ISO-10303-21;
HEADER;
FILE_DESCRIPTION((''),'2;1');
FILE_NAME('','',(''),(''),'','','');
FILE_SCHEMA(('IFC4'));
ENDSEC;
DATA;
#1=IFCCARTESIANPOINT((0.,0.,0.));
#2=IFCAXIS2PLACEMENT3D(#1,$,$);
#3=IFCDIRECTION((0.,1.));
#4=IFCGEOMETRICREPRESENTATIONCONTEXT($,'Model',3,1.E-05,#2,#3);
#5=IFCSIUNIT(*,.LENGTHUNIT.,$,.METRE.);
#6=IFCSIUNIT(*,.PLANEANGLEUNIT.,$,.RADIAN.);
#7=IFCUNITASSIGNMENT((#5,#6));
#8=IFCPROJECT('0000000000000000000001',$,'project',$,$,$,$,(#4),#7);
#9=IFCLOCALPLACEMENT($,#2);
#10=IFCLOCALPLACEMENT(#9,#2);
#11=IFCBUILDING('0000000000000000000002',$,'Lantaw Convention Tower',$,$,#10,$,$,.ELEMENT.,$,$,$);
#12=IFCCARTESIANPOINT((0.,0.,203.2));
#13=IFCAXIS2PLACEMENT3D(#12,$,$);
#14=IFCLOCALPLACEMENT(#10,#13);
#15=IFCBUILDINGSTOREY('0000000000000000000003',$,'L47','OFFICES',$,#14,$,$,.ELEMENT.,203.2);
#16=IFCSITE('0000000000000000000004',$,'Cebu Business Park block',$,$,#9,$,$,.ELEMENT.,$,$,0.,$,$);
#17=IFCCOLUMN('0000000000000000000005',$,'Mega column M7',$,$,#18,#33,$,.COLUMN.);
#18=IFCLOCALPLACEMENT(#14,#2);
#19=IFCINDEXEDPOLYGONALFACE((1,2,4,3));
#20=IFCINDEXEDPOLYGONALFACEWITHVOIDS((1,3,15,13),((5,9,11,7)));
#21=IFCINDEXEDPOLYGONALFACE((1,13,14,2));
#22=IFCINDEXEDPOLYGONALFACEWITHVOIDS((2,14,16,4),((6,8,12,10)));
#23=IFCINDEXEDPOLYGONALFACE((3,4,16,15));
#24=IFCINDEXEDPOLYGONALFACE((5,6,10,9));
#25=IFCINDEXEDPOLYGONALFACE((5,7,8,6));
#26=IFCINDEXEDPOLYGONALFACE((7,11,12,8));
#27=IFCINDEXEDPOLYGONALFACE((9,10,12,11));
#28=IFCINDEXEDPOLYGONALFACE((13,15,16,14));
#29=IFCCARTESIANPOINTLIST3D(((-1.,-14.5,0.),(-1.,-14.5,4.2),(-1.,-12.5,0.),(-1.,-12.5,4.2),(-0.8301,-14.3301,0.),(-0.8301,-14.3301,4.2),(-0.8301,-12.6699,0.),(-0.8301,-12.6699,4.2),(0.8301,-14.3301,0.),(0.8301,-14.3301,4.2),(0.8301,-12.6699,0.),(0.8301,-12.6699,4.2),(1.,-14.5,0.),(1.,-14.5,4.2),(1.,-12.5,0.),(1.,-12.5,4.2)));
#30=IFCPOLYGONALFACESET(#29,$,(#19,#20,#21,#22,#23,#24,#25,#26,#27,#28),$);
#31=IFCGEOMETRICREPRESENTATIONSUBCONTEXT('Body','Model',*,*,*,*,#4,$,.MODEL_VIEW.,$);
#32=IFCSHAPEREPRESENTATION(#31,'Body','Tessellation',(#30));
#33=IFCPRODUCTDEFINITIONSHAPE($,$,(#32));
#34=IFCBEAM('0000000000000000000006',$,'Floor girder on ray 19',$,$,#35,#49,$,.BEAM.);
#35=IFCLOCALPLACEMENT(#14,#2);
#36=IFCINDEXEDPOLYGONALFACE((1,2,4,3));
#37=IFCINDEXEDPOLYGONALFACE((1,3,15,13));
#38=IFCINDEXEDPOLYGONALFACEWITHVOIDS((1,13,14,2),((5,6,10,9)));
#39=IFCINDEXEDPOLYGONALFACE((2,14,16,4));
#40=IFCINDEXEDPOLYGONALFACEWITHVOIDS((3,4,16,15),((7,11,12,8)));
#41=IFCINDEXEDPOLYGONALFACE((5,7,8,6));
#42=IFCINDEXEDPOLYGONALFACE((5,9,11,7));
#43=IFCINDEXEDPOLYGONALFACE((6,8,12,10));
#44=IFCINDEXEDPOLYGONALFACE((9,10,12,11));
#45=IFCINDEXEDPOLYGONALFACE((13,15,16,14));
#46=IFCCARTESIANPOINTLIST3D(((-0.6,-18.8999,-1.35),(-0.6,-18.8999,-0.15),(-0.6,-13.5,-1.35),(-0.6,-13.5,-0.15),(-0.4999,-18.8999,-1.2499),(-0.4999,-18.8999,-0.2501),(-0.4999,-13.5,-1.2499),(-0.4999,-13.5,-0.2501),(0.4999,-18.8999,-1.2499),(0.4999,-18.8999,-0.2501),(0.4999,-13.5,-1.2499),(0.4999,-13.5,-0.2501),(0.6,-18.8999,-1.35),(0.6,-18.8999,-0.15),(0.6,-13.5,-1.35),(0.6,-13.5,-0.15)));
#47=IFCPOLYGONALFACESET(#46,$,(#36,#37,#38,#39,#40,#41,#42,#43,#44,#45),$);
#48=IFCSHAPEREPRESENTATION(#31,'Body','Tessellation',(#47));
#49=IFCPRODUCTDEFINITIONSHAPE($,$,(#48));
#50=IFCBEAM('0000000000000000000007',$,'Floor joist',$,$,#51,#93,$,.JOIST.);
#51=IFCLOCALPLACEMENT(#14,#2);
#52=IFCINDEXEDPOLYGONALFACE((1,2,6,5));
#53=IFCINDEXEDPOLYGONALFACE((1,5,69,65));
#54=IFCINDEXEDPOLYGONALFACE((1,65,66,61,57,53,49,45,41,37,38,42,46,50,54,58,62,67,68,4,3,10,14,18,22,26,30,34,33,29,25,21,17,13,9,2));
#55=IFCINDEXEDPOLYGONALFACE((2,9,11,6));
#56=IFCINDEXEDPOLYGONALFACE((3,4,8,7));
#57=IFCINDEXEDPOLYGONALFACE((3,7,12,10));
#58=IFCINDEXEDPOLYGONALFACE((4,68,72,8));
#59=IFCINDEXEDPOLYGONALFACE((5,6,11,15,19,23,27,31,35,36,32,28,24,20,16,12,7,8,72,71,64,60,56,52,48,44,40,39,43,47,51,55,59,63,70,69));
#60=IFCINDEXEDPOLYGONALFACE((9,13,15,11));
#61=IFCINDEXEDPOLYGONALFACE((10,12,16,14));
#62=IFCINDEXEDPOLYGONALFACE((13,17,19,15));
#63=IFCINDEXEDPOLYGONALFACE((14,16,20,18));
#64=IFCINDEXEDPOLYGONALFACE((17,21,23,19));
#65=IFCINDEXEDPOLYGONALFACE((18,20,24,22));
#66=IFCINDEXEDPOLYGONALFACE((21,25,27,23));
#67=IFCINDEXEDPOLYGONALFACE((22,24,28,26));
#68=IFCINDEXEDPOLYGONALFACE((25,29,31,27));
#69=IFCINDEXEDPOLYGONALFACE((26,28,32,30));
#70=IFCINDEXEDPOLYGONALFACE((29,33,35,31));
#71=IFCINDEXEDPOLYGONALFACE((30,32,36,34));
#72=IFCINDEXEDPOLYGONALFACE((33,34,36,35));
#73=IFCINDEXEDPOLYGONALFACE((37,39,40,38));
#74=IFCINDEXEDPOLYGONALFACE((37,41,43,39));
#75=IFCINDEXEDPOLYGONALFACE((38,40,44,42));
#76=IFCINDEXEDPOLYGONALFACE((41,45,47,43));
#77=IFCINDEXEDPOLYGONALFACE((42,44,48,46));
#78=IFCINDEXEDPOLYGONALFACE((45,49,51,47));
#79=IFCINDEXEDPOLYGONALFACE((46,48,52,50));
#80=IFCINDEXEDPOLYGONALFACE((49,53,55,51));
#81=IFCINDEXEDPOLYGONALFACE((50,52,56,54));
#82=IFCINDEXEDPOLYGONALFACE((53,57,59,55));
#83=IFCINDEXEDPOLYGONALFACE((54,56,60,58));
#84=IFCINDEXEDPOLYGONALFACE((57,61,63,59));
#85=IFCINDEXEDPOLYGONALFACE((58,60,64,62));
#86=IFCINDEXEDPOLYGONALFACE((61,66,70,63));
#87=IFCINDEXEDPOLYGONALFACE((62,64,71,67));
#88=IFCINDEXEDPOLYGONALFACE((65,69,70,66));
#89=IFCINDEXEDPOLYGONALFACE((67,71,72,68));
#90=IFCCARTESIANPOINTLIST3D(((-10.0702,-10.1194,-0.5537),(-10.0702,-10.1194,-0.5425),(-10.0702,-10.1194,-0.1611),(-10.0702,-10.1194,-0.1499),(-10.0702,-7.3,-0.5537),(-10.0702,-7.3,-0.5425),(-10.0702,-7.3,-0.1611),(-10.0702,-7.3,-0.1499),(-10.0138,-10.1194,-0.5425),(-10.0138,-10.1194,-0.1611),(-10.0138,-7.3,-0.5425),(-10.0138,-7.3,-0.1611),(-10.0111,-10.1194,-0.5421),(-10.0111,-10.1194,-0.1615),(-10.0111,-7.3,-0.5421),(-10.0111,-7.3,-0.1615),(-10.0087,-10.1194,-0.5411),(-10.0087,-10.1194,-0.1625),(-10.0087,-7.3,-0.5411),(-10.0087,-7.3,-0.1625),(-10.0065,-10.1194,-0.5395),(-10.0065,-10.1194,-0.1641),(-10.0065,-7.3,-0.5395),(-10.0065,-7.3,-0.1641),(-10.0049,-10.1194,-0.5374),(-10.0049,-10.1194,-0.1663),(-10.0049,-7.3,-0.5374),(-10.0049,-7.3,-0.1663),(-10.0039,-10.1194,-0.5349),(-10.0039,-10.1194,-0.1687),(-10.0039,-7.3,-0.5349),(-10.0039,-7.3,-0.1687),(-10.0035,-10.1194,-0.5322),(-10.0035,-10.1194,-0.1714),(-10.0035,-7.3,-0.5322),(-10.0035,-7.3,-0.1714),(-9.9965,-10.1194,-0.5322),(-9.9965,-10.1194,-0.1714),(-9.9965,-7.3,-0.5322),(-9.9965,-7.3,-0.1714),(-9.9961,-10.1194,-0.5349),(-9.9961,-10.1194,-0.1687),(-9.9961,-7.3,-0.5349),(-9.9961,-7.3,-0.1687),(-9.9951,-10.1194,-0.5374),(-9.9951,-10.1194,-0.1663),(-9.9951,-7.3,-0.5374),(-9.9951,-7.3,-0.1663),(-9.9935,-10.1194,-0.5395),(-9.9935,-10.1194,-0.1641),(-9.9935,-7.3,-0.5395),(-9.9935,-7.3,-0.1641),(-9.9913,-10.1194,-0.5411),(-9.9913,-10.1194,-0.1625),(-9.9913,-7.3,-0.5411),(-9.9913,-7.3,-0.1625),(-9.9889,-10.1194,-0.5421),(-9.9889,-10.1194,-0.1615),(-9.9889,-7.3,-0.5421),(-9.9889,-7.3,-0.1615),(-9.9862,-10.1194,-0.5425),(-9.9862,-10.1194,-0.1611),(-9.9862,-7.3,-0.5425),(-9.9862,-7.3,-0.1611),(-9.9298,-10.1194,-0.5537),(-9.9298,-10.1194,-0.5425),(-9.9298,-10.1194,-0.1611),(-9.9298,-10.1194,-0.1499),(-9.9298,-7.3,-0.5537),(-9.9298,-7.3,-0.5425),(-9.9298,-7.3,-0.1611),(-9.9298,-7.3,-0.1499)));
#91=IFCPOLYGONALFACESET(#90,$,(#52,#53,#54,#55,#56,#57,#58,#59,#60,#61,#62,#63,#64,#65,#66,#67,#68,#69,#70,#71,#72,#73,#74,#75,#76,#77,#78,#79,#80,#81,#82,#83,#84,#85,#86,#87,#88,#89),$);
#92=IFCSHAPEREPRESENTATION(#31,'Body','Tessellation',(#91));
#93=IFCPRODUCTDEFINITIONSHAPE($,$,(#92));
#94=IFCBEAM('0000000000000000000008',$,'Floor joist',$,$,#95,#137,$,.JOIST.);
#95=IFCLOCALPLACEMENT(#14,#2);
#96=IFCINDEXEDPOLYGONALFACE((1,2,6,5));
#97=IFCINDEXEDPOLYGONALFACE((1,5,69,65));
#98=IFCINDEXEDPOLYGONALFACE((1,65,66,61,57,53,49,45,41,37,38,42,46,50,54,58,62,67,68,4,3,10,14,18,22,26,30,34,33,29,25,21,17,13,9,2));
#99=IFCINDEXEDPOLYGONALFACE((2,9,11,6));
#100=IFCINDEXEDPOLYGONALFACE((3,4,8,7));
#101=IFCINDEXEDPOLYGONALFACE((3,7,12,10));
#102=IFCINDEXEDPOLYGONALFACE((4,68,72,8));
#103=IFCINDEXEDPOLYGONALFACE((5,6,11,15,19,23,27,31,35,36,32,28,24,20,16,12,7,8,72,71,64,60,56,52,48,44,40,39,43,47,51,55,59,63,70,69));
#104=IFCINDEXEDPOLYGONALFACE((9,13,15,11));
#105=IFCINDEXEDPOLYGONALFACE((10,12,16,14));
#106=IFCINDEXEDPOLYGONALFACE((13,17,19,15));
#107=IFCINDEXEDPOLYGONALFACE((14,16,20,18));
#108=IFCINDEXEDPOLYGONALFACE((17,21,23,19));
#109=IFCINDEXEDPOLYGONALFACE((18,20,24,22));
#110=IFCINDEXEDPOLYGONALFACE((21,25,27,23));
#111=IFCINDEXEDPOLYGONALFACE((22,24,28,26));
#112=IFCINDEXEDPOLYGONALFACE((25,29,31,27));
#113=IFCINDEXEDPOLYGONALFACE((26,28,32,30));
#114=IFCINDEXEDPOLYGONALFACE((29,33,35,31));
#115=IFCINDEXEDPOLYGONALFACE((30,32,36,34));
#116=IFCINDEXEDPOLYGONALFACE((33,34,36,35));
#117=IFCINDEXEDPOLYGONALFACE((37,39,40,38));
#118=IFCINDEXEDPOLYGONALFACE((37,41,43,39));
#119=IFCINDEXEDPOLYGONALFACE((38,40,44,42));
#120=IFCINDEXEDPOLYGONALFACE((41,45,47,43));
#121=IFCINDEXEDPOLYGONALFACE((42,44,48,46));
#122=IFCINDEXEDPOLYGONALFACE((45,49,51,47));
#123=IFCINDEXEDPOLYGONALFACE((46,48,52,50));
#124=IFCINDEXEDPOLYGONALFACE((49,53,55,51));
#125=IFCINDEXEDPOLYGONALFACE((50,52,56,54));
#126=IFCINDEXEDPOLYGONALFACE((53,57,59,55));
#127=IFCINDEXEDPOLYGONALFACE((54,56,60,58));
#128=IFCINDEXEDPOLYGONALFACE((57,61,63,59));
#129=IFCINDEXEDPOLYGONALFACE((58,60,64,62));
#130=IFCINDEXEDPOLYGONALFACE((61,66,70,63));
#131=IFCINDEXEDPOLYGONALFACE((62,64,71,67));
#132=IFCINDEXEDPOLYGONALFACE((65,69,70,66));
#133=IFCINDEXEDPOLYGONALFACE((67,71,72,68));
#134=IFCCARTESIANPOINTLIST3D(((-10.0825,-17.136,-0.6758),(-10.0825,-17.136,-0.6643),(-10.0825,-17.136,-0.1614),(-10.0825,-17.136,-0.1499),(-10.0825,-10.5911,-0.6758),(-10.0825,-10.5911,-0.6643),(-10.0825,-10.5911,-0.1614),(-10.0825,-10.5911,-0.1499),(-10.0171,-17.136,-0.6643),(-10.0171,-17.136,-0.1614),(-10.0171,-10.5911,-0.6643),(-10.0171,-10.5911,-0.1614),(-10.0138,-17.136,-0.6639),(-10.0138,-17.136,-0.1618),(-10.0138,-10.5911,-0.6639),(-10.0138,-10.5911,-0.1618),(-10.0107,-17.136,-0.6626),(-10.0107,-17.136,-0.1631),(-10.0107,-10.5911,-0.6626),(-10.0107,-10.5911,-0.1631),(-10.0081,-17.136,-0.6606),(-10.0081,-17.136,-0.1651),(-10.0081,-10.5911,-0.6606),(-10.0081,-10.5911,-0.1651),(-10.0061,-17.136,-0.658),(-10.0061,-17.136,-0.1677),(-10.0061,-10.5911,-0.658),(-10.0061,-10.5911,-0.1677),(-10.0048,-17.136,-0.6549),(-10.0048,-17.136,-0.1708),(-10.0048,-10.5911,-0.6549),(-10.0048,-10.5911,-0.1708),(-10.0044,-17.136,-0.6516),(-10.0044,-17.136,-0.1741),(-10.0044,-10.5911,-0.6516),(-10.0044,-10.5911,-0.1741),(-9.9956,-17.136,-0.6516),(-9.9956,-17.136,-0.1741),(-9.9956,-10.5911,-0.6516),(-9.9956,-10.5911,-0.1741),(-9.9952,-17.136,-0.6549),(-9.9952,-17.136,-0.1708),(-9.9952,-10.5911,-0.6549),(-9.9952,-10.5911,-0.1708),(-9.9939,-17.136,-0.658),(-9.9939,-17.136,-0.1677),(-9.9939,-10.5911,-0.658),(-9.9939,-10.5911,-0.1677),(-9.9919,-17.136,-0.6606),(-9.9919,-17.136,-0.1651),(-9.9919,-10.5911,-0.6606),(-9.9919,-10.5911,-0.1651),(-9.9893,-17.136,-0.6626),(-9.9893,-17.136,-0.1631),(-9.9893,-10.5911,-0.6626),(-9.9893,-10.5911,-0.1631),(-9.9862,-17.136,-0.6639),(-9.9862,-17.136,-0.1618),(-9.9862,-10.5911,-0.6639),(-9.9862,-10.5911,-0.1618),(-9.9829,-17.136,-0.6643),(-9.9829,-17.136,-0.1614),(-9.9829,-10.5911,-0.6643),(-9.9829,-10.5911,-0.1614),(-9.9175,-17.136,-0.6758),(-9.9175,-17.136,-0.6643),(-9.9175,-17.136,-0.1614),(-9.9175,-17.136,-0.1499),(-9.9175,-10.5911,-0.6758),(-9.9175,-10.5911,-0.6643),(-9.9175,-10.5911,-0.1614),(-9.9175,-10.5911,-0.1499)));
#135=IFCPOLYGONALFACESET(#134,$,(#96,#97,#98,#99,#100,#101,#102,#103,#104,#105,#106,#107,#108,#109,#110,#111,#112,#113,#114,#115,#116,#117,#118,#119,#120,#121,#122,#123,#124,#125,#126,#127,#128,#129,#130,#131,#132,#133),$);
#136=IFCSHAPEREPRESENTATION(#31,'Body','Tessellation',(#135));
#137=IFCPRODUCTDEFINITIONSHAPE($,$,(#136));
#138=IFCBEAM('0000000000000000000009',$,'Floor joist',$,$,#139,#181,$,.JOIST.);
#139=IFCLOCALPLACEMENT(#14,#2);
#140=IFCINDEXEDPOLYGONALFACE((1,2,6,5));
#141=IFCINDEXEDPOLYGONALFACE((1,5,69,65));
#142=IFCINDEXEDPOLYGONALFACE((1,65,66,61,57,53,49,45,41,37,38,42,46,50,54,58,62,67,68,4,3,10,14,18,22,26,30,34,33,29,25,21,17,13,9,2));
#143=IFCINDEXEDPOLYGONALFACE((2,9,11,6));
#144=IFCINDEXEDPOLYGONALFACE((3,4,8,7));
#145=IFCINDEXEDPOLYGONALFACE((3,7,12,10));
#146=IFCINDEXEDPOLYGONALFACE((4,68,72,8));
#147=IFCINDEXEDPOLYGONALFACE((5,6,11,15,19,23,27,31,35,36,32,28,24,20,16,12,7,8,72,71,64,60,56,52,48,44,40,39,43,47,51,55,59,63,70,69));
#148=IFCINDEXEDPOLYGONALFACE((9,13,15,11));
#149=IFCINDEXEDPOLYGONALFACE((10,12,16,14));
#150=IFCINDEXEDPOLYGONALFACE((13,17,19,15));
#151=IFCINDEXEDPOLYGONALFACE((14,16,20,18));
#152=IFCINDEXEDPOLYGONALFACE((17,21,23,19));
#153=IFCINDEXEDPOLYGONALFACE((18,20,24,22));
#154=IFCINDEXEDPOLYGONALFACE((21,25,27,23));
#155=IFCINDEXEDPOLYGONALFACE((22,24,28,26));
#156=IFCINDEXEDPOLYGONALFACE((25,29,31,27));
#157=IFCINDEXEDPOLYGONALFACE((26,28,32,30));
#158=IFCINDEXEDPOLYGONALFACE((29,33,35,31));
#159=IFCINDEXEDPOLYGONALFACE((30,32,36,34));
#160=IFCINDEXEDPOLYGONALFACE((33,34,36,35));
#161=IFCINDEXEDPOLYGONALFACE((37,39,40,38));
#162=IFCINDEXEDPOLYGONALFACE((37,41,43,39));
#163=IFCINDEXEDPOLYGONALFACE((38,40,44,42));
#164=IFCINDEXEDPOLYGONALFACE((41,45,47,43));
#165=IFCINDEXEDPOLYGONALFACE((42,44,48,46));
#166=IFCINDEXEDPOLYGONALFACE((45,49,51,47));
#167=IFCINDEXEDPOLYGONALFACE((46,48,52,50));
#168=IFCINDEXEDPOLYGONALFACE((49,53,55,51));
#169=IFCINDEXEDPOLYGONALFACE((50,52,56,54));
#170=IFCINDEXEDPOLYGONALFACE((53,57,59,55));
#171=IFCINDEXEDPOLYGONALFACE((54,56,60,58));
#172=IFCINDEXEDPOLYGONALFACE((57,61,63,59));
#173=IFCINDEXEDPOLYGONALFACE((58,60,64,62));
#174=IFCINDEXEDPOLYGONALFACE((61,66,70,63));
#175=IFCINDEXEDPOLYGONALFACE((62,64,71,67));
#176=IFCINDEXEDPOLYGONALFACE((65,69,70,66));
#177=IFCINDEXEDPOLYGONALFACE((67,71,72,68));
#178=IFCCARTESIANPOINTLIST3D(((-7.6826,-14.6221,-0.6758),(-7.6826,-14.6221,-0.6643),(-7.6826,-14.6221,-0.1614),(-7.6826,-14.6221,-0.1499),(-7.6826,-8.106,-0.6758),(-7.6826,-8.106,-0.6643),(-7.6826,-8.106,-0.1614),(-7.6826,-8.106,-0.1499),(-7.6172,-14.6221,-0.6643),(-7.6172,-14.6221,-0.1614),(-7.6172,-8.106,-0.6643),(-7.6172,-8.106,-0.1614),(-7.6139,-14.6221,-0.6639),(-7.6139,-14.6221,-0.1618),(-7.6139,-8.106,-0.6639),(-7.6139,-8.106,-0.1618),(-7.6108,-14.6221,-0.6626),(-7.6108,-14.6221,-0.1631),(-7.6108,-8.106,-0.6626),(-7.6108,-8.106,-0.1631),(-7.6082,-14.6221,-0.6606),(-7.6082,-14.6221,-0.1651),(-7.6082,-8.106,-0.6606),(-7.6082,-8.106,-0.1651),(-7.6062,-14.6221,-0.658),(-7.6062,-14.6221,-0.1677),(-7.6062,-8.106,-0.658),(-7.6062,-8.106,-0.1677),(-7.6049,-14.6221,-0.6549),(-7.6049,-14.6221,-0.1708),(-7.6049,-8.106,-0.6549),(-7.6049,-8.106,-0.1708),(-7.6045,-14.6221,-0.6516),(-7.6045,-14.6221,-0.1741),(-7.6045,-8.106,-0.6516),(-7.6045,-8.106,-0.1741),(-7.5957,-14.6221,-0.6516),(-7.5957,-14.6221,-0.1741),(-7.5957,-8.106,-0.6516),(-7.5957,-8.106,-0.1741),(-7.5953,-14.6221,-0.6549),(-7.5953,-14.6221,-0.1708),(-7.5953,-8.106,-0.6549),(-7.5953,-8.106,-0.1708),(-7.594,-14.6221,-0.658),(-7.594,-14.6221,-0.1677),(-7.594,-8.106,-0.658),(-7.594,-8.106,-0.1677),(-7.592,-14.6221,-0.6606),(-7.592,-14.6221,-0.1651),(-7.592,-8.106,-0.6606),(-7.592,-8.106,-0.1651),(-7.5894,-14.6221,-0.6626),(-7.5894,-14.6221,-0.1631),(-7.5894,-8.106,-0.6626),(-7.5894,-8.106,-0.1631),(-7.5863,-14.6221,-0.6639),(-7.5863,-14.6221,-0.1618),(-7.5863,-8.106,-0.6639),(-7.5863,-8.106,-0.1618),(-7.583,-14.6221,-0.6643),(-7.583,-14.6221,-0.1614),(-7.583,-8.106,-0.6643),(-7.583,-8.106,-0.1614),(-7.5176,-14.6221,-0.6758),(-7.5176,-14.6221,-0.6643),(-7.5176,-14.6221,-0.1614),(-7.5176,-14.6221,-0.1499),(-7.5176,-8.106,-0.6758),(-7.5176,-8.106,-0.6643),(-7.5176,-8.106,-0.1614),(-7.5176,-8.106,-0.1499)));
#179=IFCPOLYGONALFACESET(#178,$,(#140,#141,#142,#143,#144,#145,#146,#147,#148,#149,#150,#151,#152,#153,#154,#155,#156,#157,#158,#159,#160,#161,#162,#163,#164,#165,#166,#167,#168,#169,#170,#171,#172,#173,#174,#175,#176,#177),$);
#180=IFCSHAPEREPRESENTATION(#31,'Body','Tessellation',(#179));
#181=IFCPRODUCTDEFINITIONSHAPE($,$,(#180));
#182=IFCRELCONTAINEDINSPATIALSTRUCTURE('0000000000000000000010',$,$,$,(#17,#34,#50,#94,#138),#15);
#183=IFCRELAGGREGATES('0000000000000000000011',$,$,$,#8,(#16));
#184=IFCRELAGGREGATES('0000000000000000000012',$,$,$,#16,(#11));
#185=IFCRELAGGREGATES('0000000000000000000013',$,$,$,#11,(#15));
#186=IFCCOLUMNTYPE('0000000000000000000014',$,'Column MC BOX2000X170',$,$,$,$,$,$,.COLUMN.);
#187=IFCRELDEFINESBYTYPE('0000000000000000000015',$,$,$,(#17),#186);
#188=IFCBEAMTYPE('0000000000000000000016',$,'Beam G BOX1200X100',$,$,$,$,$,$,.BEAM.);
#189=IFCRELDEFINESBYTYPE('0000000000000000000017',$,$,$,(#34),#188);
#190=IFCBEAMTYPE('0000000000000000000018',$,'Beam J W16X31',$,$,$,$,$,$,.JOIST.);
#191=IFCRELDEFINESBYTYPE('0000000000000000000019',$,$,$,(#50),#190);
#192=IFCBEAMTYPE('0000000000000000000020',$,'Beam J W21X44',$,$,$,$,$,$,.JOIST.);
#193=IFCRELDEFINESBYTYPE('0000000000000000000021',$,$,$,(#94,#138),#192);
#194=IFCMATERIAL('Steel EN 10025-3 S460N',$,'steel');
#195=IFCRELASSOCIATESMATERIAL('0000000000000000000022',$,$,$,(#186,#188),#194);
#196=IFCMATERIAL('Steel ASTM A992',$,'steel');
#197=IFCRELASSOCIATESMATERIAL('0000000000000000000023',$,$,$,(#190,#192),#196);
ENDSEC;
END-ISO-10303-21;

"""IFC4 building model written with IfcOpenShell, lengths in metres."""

from ifc_helpers import new_model, si_unit, direction, frame, origin, origin_2d, place, context, subcontext, project, spatial, rectangle, hollow_rectangle, i_section, extrude, material, material_profile, profile_set, type_object, element, save


model = new_model("IFC4")

# Units and contexts
model_context = context("Model", 3, precision=1e-05, world=origin(), true_north=direction((0.0, 1.0)))
body_context = subcontext(model_context, "Body", "Model", "MODEL_VIEW")
ifc_project = project(units=[si_unit("LENGTHUNIT", "METRE"), si_unit("PLANEANGLEUNIT", "RADIAN")], contexts=[model_context])

# Site, building, storey
site_placement = place(None, origin())
site = spatial("IfcSite", under=ifc_project, at=site_placement, Name="Cebu Business Park block", CompositionType="ELEMENT", RefElevation=0.0)
building_placement = place(site_placement, origin())
building = spatial("IfcBuilding", under=site, at=building_placement, Name="Lantaw Convention Tower", CompositionType="ELEMENT")
storey_placement = place(building_placement, frame((0.0, 0.0, 203.2)))
storey = spatial("IfcBuildingStorey", under=building, at=storey_placement, Name="L47", Description="OFFICES", CompositionType="ELEMENT", Elevation=203.2)

# Column
ifc_material_1 = material(Name="Steel EN 10025-3 S460N", Category="steel")
ifc_material_profile_1 = material_profile(ifc_material_1, hollow_rectangle(XDim=2.0, YDim=2.0, WallThickness=0.1699, at=origin_2d()), Name="BOX2000X170")
ifc_material_2 = material(Name="Concrete C60/75", Category="concrete")
ifc_material_profile_2 = material_profile(ifc_material_2, rectangle(XDim=1.6599, YDim=1.6599, at=origin_2d()), Name="Concrete fill of BOX2000X170")
ifc_profile_set_1 = profile_set([ifc_material_profile_1, ifc_material_profile_2], Name="Steel EN 10025-3 S460N")
column_type = type_object("IfcColumnType", Name="Column MC BOX2000X170", PredefinedType="COLUMN", material=ifc_profile_set_1)
column_placement = place(storey_placement, frame((0.0, -13.5, 0.0), z_axis=(0.0, 0.0, 1.0), x_axis=(1.0, 0.0, 0.0)))
element("IfcColumn", 1, at=column_placement, inside=storey, type_object=column_type, Name="Mega column M7", PredefinedType="COLUMN", context=body_context, shape_type="SweptSolid", body=[
    extrude(hollow_rectangle(XDim=2.0, YDim=2.0, WallThickness=0.1699, at=origin_2d()), origin(), (0.0, 0.0, 1.0), 4.2),
])

# Beams
ifc_material_profile_3 = material_profile(ifc_material_1, hollow_rectangle(XDim=1.2, YDim=1.2, WallThickness=0.1001, at=origin_2d()), Name="BOX1200X100")
ifc_profile_set_2 = profile_set([ifc_material_profile_3], Name="Steel EN 10025-3 S460N")
beam_type_1 = type_object("IfcBeamType", Name="Beam G BOX1200X100", PredefinedType="BEAM", material=ifc_profile_set_2)
beam_1_placement = place(storey_placement, frame((0.0, -13.5, -0.75), z_axis=(0.0, -1.0, 0.0), x_axis=(1.0, 0.0, 0.0)))
element("IfcBeam", 2, at=beam_1_placement, inside=storey, type_object=beam_type_1, Name="Floor girder on ray 19", PredefinedType="BEAM", context=body_context, shape_type="SweptSolid", body=[
    extrude(hollow_rectangle(XDim=1.2, YDim=1.2, WallThickness=0.1001, at=origin_2d()), origin(), (0.0, 0.0, 1.0), 5.3999),
])
ifc_material_3 = material(Name="Steel ASTM A992", Category="steel")
ifc_material_profile_4 = material_profile(ifc_material_3, i_section(OverallWidth=0.1404, OverallDepth=0.4038, WebThickness=0.0071, FlangeThickness=0.0112, FilletRadius=0.0103, at=origin_2d()), Name="W16X31")
ifc_profile_set_3 = profile_set([ifc_material_profile_4], Name="Steel ASTM A992")
beam_type_2 = type_object("IfcBeamType", Name="Beam J W16X31", PredefinedType="JOIST", material=ifc_profile_set_3)
beam_2_placement = place(storey_placement, frame((-10.0, -10.1194, -0.3518), z_axis=(0.0, 1.0, 0.0), x_axis=(-1.0, 0.0, 0.0)))
element("IfcBeam", 3, at=beam_2_placement, inside=storey, type_object=beam_type_2, Name="Floor joist", PredefinedType="JOIST", context=body_context, shape_type="SweptSolid", body=[
    extrude(i_section(OverallWidth=0.1404, OverallDepth=0.4038, WebThickness=0.0071, FlangeThickness=0.0112, FilletRadius=0.0103, at=origin_2d()), origin(), (0.0, 0.0, 1.0), 2.8193),
])
ifc_material_profile_5 = material_profile(ifc_material_3, i_section(OverallWidth=0.165, OverallDepth=0.5259, WebThickness=0.0088, FlangeThickness=0.0115, FilletRadius=0.0127, at=origin_2d()), Name="W21X44")
ifc_profile_set_4 = profile_set([ifc_material_profile_5], Name="Steel ASTM A992")
beam_type_3 = type_object("IfcBeamType", Name="Beam J W21X44", PredefinedType="JOIST", material=ifc_profile_set_4)
beam_3_placement = place(storey_placement, frame((-10.0, -17.136, -0.4128), z_axis=(0.0, 1.0, 0.0), x_axis=(-1.0, 0.0, 0.0)))
element("IfcBeam", 4, at=beam_3_placement, inside=storey, type_object=beam_type_3, Name="Floor joist", PredefinedType="JOIST", context=body_context, shape_type="SweptSolid", body=[
    extrude(i_section(OverallWidth=0.165, OverallDepth=0.5259, WebThickness=0.0088, FlangeThickness=0.0115, FilletRadius=0.0127, at=origin_2d()), origin(), (0.0, 0.0, 1.0), 6.5449),
])
beam_4_placement = place(storey_placement, frame((-7.6001, -14.6221, -0.4128), z_axis=(0.0, 1.0, 0.0), x_axis=(-1.0, 0.0, 0.0)))
element("IfcBeam", 5, at=beam_4_placement, inside=storey, type_object=beam_type_3, Name="Floor joist", PredefinedType="JOIST", context=body_context, shape_type="SweptSolid", body=[
    extrude(i_section(OverallWidth=0.165, OverallDepth=0.5259, WebThickness=0.0088, FlangeThickness=0.0115, FilletRadius=0.0127, at=origin_2d()), origin(), (0.0, 0.0, 1.0), 6.5161),
])

save(model, "model.ifc")
